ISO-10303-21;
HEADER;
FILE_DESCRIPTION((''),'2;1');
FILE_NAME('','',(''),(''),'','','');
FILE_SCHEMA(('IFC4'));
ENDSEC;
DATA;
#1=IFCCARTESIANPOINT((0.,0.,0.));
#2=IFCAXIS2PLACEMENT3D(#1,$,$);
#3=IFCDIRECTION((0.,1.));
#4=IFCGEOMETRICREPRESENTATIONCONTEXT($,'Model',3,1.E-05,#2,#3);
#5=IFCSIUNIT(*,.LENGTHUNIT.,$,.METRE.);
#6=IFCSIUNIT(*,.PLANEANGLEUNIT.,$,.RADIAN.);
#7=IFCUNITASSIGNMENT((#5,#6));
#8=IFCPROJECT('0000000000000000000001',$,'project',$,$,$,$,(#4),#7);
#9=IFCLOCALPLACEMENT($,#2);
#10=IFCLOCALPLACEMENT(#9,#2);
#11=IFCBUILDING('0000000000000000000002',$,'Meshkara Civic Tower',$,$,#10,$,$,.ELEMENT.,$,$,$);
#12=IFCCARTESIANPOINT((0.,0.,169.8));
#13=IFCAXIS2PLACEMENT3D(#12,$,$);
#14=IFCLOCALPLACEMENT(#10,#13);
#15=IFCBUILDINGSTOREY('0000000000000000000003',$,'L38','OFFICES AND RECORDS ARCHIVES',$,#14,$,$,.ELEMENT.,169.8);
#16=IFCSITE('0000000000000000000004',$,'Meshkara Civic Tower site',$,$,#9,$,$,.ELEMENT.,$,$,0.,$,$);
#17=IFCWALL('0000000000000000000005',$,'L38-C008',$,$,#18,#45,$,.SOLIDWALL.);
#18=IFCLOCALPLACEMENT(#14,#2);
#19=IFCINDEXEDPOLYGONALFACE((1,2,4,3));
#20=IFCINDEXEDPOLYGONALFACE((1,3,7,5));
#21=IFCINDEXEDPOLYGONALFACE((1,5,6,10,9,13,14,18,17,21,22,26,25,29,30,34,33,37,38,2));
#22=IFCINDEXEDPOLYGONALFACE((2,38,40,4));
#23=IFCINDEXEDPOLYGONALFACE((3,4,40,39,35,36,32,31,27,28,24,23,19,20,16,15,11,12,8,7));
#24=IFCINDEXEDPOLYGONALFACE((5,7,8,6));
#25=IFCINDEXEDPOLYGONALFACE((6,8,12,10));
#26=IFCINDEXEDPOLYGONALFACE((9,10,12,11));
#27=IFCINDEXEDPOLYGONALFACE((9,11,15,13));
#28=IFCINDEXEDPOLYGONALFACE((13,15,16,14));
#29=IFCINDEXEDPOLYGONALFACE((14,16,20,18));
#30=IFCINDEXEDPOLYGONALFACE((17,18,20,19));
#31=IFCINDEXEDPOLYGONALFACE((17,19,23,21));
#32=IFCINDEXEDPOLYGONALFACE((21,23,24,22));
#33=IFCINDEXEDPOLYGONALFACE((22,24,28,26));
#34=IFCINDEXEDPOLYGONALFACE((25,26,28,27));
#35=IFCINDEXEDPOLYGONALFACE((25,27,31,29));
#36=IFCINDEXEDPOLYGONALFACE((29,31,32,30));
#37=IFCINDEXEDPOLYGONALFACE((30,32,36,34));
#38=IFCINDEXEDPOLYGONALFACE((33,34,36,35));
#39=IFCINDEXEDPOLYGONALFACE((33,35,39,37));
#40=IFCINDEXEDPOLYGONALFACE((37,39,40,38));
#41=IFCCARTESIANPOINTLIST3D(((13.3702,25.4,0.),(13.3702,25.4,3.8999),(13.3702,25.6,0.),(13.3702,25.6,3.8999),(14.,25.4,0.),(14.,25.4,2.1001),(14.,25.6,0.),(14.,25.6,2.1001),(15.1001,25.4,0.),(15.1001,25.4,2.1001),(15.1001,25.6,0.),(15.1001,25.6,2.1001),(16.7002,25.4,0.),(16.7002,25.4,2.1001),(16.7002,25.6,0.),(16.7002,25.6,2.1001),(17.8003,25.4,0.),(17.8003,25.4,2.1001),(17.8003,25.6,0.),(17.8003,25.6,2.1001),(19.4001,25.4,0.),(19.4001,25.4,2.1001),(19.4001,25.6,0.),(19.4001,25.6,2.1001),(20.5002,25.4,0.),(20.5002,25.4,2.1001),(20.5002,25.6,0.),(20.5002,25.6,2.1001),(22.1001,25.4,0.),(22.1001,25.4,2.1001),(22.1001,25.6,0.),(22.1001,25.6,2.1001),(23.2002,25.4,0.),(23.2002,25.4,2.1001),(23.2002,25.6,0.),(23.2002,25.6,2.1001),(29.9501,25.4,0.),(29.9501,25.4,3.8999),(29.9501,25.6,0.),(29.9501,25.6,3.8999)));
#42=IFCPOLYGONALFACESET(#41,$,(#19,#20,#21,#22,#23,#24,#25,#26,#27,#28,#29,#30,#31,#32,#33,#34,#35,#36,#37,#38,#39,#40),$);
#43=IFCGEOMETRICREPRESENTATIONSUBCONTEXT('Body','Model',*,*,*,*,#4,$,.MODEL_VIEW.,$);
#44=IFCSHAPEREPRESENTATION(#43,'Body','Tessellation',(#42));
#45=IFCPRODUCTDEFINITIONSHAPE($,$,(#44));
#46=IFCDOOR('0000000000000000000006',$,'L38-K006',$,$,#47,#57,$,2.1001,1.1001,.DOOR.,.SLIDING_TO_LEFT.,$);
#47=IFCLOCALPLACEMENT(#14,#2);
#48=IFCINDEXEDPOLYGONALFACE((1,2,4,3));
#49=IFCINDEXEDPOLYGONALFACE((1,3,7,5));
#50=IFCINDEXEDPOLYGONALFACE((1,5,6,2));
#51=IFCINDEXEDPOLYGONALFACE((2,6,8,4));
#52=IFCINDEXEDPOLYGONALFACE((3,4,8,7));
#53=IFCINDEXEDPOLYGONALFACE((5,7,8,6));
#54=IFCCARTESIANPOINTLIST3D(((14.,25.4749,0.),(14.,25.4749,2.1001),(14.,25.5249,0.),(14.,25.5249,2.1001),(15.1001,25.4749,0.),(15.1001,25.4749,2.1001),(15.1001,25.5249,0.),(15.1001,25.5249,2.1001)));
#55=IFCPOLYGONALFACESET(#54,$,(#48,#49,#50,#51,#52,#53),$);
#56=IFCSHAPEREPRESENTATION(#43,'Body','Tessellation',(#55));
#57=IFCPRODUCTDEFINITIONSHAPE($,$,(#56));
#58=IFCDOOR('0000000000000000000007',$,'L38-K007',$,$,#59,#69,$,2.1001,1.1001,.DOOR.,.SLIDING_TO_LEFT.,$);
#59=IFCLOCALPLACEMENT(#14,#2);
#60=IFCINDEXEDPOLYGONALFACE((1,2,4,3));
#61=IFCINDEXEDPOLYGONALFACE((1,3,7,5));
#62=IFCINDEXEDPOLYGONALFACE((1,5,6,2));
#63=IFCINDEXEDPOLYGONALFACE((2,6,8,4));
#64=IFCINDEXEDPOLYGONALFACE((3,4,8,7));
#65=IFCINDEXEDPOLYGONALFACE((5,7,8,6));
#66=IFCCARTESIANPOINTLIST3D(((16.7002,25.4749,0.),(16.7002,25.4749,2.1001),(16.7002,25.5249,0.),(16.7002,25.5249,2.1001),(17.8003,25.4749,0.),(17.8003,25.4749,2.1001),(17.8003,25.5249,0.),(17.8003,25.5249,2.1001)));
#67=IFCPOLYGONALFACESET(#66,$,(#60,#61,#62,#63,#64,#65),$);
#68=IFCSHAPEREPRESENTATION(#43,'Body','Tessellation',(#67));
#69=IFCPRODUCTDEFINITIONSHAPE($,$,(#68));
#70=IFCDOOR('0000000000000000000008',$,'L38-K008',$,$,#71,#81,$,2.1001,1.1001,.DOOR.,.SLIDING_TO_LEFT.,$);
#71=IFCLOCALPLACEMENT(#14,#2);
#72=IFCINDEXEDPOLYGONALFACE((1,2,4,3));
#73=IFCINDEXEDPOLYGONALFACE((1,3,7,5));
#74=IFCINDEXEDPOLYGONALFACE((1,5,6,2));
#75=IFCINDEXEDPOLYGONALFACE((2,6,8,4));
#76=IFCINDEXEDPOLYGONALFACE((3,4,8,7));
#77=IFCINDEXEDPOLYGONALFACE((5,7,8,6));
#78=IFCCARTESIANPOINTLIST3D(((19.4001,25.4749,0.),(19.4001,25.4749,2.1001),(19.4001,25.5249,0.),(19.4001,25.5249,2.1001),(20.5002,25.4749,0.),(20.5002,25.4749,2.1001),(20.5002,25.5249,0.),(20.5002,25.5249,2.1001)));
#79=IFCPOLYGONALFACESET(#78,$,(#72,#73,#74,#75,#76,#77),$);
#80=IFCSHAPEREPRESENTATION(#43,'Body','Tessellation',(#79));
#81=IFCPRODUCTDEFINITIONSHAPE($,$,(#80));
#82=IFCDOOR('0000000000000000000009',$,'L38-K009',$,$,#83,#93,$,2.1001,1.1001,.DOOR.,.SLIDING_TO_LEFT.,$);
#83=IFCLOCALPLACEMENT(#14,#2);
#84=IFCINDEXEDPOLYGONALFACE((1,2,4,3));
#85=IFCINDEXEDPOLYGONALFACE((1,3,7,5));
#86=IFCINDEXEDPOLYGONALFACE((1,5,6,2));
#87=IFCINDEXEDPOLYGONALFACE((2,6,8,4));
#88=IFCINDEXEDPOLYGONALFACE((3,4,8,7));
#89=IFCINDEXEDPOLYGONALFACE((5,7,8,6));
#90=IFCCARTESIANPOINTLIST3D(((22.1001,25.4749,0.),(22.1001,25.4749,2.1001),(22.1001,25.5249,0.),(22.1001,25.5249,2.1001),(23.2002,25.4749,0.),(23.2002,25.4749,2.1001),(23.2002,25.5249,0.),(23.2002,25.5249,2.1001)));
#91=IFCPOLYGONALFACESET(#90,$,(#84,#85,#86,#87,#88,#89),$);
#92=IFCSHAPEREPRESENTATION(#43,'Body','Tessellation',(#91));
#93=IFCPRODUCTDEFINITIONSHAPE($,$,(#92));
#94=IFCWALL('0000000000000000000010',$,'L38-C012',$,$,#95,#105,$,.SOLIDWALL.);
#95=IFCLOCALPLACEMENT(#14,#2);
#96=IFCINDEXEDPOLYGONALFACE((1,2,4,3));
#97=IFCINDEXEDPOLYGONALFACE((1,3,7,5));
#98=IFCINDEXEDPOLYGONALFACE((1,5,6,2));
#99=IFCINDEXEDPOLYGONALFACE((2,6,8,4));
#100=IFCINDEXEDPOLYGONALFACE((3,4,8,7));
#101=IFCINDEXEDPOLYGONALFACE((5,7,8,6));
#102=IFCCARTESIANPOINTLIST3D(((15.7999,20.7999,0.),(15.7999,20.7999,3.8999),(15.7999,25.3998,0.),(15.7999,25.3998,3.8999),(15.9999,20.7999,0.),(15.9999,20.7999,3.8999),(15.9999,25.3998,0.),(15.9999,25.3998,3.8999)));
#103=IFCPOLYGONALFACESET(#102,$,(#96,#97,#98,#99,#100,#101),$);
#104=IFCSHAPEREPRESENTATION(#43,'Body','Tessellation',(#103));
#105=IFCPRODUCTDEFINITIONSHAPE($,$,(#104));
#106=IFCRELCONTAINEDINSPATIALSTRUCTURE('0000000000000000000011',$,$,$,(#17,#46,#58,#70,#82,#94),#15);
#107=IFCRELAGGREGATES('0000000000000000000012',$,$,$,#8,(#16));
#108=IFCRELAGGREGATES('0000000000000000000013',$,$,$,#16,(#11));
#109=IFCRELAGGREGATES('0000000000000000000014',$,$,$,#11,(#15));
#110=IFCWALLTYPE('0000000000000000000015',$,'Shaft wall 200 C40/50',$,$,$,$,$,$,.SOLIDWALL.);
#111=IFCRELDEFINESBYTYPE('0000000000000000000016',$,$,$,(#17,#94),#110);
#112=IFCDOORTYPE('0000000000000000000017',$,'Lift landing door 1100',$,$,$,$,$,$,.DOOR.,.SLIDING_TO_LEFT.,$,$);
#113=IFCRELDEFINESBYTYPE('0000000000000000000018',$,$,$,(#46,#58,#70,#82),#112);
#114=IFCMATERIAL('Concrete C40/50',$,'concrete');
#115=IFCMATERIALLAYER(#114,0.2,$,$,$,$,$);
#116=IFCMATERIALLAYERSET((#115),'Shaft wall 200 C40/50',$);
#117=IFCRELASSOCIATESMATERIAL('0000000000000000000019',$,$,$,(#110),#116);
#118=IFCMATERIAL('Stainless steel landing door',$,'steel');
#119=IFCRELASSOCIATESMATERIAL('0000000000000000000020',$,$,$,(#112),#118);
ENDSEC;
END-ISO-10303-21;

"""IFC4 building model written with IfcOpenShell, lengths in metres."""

from ifc_helpers import new_model, si_unit, direction, frame, frame_2d, origin, place, context, subcontext, project, spatial, rectangle, extrude, material, layer, layer_set, type_object, element, fill, save


model = new_model("IFC4")

# Units and contexts
model_context = context("Model", 3, precision=1e-05, world=origin(), true_north=direction((0.0, 1.0)))
body_context = subcontext(model_context, "Body", "Model", "MODEL_VIEW")
ifc_project = project(units=[si_unit("LENGTHUNIT", "METRE"), si_unit("PLANEANGLEUNIT", "RADIAN")], contexts=[model_context])

# Site, building, storey
site_placement = place(None, origin())
site = spatial("IfcSite", under=ifc_project, at=site_placement, Name="Meshkara Civic Tower site", CompositionType="ELEMENT", RefElevation=0.0)
building_placement = place(site_placement, origin())
building = spatial("IfcBuilding", under=site, at=building_placement, Name="Meshkara Civic Tower", CompositionType="ELEMENT")
storey_placement = place(building_placement, frame((0.0, 0.0, 169.8)))
storey = spatial("IfcBuildingStorey", under=building, at=storey_placement, Name="L38", Description="OFFICES AND RECORDS ARCHIVES", CompositionType="ELEMENT", Elevation=169.8)

# Wall, openings, doors
ifc_material_1 = material(Name="Concrete C40/50", Category="concrete")
ifc_layer_1 = layer(ifc_material_1, 0.2)
ifc_layer_set_1 = layer_set([ifc_layer_1], Name="Shaft wall 200 C40/50")
wall_type_1 = type_object("IfcWallType", Name="Shaft wall 200 C40/50", PredefinedType="SOLIDWALL", material=ifc_layer_set_1)
ifc_material_2 = material(Name="Stainless steel landing door", Category="steel")
door_type_1 = type_object("IfcDoorType", Name="Lift landing door 1100", OperationType="SLIDING_TO_LEFT", PredefinedType="DOOR", material=ifc_material_2)
wall_1_placement = place(storey_placement, frame((13.3701, 25.5, 0.0), z_axis=(0.0, 0.0, 1.0), x_axis=(1.0, 0.0, 0.0)))
wall_1 = element("IfcWall", 1, at=wall_1_placement, inside=storey, type_object=wall_type_1, Name="L38-C008", PredefinedType="SOLIDWALL", context=body_context, shape_type="SweptSolid", body=[
    extrude(rectangle(XDim=16.5798, YDim=0.2, at=frame_2d((8.29, 0.0))), origin(), (0.0, 0.0, 1.0), 3.8999),
])
opening_1_placement = place(wall_1_placement, frame((0.6299, 0.0, 0.0)))
opening_1 = element("IfcOpeningElement", 2, at=opening_1_placement, cuts=wall_1, PredefinedType="OPENING", context=body_context, shape_type="SweptSolid", body=[
    extrude(rectangle(XDim=1.1001, YDim=2.1001, at=frame_2d((0.55, 1.05))), frame((0.0, 0.1099, 0.0), z_axis=(0.0, -1.0, 0.0), x_axis=(1.0, 0.0, 0.0)), (0.0, 0.0, 1.0), 0.22),
])
opening_2_placement = place(wall_1_placement, frame((3.3301, 0.0, 0.0)))
opening_2 = element("IfcOpeningElement", 3, at=opening_2_placement, cuts=wall_1, PredefinedType="OPENING", context=body_context, shape_type="SweptSolid", body=[
    extrude(rectangle(XDim=1.1001, YDim=2.1001, at=frame_2d((0.55, 1.05))), frame((0.0, 0.1099, 0.0), z_axis=(0.0, -1.0, 0.0), x_axis=(1.0, 0.0, 0.0)), (0.0, 0.0, 1.0), 0.22),
])
opening_3_placement = place(wall_1_placement, frame((6.03, 0.0, 0.0)))
opening_3 = element("IfcOpeningElement", 4, at=opening_3_placement, cuts=wall_1, PredefinedType="OPENING", context=body_context, shape_type="SweptSolid", body=[
    extrude(rectangle(XDim=1.1001, YDim=2.1001, at=frame_2d((0.55, 1.05))), frame((0.0, 0.1099, 0.0), z_axis=(0.0, -1.0, 0.0), x_axis=(1.0, 0.0, 0.0)), (0.0, 0.0, 1.0), 0.22),
])
opening_4_placement = place(wall_1_placement, frame((8.73, 0.0, 0.0)))
opening_4 = element("IfcOpeningElement", 5, at=opening_4_placement, cuts=wall_1, PredefinedType="OPENING", context=body_context, shape_type="SweptSolid", body=[
    extrude(rectangle(XDim=1.1001, YDim=2.1001, at=frame_2d((0.55, 1.05))), frame((0.0, 0.1099, 0.0), z_axis=(0.0, -1.0, 0.0), x_axis=(1.0, 0.0, 0.0)), (0.0, 0.0, 1.0), 0.22),
])
door_1_placement = place(opening_1_placement, origin())
door_1 = element("IfcDoor", 6, at=door_1_placement, inside=storey, type_object=door_type_1, Name="L38-K006", OperationType="SLIDING_TO_LEFT", OverallHeight=2.1001, OverallWidth=1.1001, PredefinedType="DOOR", context=body_context, shape_type="SweptSolid", body=[
    extrude(rectangle(XDim=1.1001, YDim=2.1001, at=frame_2d((0.55, 1.05))), frame((0.0, 0.0249, 0.0), z_axis=(0.0, -1.0, 0.0), x_axis=(1.0, 0.0, 0.0)), (0.0, 0.0, 1.0), 0.05),
])
fill(opening_1, door_1)
door_2_placement = place(opening_2_placement, origin())
door_2 = element("IfcDoor", 7, at=door_2_placement, inside=storey, type_object=door_type_1, Name="L38-K007", OperationType="SLIDING_TO_LEFT", OverallHeight=2.1001, OverallWidth=1.1001, PredefinedType="DOOR", context=body_context, shape_type="SweptSolid", body=[
    extrude(rectangle(XDim=1.1001, YDim=2.1001, at=frame_2d((0.55, 1.05))), frame((0.0, 0.0249, 0.0), z_axis=(0.0, -1.0, 0.0), x_axis=(1.0, 0.0, 0.0)), (0.0, 0.0, 1.0), 0.05),
])
fill(opening_2, door_2)
door_3_placement = place(opening_3_placement, origin())
door_3 = element("IfcDoor", 8, at=door_3_placement, inside=storey, type_object=door_type_1, Name="L38-K008", OperationType="SLIDING_TO_LEFT", OverallHeight=2.1001, OverallWidth=1.1001, PredefinedType="DOOR", context=body_context, shape_type="SweptSolid", body=[
    extrude(rectangle(XDim=1.1001, YDim=2.1001, at=frame_2d((0.55, 1.05))), frame((0.0, 0.0249, 0.0), z_axis=(0.0, -1.0, 0.0), x_axis=(1.0, 0.0, 0.0)), (0.0, 0.0, 1.0), 0.05),
])
fill(opening_3, door_3)
door_4_placement = place(opening_4_placement, origin())
door_4 = element("IfcDoor", 9, at=door_4_placement, inside=storey, type_object=door_type_1, Name="L38-K009", OperationType="SLIDING_TO_LEFT", OverallHeight=2.1001, OverallWidth=1.1001, PredefinedType="DOOR", context=body_context, shape_type="SweptSolid", body=[
    extrude(rectangle(XDim=1.1001, YDim=2.1001, at=frame_2d((0.55, 1.05))), frame((0.0, 0.0249, 0.0), z_axis=(0.0, -1.0, 0.0), x_axis=(1.0, 0.0, 0.0)), (0.0, 0.0, 1.0), 0.05),
])
fill(opening_4, door_4)

# Wall
wall_2_placement = place(storey_placement, frame((15.8999, 20.8, 0.0), z_axis=(0.0, 0.0, 1.0), x_axis=(0.0, 1.0, 0.0)))
element("IfcWall", 10, at=wall_2_placement, inside=storey, type_object=wall_type_1, Name="L38-C012", PredefinedType="SOLIDWALL", context=body_context, shape_type="SweptSolid", body=[
    extrude(rectangle(XDim=4.5999, YDim=0.2, at=frame_2d((2.2998, 0.0))), origin(), (0.0, 0.0, 1.0), 3.8999),
])

save(model, "model.ifc")
